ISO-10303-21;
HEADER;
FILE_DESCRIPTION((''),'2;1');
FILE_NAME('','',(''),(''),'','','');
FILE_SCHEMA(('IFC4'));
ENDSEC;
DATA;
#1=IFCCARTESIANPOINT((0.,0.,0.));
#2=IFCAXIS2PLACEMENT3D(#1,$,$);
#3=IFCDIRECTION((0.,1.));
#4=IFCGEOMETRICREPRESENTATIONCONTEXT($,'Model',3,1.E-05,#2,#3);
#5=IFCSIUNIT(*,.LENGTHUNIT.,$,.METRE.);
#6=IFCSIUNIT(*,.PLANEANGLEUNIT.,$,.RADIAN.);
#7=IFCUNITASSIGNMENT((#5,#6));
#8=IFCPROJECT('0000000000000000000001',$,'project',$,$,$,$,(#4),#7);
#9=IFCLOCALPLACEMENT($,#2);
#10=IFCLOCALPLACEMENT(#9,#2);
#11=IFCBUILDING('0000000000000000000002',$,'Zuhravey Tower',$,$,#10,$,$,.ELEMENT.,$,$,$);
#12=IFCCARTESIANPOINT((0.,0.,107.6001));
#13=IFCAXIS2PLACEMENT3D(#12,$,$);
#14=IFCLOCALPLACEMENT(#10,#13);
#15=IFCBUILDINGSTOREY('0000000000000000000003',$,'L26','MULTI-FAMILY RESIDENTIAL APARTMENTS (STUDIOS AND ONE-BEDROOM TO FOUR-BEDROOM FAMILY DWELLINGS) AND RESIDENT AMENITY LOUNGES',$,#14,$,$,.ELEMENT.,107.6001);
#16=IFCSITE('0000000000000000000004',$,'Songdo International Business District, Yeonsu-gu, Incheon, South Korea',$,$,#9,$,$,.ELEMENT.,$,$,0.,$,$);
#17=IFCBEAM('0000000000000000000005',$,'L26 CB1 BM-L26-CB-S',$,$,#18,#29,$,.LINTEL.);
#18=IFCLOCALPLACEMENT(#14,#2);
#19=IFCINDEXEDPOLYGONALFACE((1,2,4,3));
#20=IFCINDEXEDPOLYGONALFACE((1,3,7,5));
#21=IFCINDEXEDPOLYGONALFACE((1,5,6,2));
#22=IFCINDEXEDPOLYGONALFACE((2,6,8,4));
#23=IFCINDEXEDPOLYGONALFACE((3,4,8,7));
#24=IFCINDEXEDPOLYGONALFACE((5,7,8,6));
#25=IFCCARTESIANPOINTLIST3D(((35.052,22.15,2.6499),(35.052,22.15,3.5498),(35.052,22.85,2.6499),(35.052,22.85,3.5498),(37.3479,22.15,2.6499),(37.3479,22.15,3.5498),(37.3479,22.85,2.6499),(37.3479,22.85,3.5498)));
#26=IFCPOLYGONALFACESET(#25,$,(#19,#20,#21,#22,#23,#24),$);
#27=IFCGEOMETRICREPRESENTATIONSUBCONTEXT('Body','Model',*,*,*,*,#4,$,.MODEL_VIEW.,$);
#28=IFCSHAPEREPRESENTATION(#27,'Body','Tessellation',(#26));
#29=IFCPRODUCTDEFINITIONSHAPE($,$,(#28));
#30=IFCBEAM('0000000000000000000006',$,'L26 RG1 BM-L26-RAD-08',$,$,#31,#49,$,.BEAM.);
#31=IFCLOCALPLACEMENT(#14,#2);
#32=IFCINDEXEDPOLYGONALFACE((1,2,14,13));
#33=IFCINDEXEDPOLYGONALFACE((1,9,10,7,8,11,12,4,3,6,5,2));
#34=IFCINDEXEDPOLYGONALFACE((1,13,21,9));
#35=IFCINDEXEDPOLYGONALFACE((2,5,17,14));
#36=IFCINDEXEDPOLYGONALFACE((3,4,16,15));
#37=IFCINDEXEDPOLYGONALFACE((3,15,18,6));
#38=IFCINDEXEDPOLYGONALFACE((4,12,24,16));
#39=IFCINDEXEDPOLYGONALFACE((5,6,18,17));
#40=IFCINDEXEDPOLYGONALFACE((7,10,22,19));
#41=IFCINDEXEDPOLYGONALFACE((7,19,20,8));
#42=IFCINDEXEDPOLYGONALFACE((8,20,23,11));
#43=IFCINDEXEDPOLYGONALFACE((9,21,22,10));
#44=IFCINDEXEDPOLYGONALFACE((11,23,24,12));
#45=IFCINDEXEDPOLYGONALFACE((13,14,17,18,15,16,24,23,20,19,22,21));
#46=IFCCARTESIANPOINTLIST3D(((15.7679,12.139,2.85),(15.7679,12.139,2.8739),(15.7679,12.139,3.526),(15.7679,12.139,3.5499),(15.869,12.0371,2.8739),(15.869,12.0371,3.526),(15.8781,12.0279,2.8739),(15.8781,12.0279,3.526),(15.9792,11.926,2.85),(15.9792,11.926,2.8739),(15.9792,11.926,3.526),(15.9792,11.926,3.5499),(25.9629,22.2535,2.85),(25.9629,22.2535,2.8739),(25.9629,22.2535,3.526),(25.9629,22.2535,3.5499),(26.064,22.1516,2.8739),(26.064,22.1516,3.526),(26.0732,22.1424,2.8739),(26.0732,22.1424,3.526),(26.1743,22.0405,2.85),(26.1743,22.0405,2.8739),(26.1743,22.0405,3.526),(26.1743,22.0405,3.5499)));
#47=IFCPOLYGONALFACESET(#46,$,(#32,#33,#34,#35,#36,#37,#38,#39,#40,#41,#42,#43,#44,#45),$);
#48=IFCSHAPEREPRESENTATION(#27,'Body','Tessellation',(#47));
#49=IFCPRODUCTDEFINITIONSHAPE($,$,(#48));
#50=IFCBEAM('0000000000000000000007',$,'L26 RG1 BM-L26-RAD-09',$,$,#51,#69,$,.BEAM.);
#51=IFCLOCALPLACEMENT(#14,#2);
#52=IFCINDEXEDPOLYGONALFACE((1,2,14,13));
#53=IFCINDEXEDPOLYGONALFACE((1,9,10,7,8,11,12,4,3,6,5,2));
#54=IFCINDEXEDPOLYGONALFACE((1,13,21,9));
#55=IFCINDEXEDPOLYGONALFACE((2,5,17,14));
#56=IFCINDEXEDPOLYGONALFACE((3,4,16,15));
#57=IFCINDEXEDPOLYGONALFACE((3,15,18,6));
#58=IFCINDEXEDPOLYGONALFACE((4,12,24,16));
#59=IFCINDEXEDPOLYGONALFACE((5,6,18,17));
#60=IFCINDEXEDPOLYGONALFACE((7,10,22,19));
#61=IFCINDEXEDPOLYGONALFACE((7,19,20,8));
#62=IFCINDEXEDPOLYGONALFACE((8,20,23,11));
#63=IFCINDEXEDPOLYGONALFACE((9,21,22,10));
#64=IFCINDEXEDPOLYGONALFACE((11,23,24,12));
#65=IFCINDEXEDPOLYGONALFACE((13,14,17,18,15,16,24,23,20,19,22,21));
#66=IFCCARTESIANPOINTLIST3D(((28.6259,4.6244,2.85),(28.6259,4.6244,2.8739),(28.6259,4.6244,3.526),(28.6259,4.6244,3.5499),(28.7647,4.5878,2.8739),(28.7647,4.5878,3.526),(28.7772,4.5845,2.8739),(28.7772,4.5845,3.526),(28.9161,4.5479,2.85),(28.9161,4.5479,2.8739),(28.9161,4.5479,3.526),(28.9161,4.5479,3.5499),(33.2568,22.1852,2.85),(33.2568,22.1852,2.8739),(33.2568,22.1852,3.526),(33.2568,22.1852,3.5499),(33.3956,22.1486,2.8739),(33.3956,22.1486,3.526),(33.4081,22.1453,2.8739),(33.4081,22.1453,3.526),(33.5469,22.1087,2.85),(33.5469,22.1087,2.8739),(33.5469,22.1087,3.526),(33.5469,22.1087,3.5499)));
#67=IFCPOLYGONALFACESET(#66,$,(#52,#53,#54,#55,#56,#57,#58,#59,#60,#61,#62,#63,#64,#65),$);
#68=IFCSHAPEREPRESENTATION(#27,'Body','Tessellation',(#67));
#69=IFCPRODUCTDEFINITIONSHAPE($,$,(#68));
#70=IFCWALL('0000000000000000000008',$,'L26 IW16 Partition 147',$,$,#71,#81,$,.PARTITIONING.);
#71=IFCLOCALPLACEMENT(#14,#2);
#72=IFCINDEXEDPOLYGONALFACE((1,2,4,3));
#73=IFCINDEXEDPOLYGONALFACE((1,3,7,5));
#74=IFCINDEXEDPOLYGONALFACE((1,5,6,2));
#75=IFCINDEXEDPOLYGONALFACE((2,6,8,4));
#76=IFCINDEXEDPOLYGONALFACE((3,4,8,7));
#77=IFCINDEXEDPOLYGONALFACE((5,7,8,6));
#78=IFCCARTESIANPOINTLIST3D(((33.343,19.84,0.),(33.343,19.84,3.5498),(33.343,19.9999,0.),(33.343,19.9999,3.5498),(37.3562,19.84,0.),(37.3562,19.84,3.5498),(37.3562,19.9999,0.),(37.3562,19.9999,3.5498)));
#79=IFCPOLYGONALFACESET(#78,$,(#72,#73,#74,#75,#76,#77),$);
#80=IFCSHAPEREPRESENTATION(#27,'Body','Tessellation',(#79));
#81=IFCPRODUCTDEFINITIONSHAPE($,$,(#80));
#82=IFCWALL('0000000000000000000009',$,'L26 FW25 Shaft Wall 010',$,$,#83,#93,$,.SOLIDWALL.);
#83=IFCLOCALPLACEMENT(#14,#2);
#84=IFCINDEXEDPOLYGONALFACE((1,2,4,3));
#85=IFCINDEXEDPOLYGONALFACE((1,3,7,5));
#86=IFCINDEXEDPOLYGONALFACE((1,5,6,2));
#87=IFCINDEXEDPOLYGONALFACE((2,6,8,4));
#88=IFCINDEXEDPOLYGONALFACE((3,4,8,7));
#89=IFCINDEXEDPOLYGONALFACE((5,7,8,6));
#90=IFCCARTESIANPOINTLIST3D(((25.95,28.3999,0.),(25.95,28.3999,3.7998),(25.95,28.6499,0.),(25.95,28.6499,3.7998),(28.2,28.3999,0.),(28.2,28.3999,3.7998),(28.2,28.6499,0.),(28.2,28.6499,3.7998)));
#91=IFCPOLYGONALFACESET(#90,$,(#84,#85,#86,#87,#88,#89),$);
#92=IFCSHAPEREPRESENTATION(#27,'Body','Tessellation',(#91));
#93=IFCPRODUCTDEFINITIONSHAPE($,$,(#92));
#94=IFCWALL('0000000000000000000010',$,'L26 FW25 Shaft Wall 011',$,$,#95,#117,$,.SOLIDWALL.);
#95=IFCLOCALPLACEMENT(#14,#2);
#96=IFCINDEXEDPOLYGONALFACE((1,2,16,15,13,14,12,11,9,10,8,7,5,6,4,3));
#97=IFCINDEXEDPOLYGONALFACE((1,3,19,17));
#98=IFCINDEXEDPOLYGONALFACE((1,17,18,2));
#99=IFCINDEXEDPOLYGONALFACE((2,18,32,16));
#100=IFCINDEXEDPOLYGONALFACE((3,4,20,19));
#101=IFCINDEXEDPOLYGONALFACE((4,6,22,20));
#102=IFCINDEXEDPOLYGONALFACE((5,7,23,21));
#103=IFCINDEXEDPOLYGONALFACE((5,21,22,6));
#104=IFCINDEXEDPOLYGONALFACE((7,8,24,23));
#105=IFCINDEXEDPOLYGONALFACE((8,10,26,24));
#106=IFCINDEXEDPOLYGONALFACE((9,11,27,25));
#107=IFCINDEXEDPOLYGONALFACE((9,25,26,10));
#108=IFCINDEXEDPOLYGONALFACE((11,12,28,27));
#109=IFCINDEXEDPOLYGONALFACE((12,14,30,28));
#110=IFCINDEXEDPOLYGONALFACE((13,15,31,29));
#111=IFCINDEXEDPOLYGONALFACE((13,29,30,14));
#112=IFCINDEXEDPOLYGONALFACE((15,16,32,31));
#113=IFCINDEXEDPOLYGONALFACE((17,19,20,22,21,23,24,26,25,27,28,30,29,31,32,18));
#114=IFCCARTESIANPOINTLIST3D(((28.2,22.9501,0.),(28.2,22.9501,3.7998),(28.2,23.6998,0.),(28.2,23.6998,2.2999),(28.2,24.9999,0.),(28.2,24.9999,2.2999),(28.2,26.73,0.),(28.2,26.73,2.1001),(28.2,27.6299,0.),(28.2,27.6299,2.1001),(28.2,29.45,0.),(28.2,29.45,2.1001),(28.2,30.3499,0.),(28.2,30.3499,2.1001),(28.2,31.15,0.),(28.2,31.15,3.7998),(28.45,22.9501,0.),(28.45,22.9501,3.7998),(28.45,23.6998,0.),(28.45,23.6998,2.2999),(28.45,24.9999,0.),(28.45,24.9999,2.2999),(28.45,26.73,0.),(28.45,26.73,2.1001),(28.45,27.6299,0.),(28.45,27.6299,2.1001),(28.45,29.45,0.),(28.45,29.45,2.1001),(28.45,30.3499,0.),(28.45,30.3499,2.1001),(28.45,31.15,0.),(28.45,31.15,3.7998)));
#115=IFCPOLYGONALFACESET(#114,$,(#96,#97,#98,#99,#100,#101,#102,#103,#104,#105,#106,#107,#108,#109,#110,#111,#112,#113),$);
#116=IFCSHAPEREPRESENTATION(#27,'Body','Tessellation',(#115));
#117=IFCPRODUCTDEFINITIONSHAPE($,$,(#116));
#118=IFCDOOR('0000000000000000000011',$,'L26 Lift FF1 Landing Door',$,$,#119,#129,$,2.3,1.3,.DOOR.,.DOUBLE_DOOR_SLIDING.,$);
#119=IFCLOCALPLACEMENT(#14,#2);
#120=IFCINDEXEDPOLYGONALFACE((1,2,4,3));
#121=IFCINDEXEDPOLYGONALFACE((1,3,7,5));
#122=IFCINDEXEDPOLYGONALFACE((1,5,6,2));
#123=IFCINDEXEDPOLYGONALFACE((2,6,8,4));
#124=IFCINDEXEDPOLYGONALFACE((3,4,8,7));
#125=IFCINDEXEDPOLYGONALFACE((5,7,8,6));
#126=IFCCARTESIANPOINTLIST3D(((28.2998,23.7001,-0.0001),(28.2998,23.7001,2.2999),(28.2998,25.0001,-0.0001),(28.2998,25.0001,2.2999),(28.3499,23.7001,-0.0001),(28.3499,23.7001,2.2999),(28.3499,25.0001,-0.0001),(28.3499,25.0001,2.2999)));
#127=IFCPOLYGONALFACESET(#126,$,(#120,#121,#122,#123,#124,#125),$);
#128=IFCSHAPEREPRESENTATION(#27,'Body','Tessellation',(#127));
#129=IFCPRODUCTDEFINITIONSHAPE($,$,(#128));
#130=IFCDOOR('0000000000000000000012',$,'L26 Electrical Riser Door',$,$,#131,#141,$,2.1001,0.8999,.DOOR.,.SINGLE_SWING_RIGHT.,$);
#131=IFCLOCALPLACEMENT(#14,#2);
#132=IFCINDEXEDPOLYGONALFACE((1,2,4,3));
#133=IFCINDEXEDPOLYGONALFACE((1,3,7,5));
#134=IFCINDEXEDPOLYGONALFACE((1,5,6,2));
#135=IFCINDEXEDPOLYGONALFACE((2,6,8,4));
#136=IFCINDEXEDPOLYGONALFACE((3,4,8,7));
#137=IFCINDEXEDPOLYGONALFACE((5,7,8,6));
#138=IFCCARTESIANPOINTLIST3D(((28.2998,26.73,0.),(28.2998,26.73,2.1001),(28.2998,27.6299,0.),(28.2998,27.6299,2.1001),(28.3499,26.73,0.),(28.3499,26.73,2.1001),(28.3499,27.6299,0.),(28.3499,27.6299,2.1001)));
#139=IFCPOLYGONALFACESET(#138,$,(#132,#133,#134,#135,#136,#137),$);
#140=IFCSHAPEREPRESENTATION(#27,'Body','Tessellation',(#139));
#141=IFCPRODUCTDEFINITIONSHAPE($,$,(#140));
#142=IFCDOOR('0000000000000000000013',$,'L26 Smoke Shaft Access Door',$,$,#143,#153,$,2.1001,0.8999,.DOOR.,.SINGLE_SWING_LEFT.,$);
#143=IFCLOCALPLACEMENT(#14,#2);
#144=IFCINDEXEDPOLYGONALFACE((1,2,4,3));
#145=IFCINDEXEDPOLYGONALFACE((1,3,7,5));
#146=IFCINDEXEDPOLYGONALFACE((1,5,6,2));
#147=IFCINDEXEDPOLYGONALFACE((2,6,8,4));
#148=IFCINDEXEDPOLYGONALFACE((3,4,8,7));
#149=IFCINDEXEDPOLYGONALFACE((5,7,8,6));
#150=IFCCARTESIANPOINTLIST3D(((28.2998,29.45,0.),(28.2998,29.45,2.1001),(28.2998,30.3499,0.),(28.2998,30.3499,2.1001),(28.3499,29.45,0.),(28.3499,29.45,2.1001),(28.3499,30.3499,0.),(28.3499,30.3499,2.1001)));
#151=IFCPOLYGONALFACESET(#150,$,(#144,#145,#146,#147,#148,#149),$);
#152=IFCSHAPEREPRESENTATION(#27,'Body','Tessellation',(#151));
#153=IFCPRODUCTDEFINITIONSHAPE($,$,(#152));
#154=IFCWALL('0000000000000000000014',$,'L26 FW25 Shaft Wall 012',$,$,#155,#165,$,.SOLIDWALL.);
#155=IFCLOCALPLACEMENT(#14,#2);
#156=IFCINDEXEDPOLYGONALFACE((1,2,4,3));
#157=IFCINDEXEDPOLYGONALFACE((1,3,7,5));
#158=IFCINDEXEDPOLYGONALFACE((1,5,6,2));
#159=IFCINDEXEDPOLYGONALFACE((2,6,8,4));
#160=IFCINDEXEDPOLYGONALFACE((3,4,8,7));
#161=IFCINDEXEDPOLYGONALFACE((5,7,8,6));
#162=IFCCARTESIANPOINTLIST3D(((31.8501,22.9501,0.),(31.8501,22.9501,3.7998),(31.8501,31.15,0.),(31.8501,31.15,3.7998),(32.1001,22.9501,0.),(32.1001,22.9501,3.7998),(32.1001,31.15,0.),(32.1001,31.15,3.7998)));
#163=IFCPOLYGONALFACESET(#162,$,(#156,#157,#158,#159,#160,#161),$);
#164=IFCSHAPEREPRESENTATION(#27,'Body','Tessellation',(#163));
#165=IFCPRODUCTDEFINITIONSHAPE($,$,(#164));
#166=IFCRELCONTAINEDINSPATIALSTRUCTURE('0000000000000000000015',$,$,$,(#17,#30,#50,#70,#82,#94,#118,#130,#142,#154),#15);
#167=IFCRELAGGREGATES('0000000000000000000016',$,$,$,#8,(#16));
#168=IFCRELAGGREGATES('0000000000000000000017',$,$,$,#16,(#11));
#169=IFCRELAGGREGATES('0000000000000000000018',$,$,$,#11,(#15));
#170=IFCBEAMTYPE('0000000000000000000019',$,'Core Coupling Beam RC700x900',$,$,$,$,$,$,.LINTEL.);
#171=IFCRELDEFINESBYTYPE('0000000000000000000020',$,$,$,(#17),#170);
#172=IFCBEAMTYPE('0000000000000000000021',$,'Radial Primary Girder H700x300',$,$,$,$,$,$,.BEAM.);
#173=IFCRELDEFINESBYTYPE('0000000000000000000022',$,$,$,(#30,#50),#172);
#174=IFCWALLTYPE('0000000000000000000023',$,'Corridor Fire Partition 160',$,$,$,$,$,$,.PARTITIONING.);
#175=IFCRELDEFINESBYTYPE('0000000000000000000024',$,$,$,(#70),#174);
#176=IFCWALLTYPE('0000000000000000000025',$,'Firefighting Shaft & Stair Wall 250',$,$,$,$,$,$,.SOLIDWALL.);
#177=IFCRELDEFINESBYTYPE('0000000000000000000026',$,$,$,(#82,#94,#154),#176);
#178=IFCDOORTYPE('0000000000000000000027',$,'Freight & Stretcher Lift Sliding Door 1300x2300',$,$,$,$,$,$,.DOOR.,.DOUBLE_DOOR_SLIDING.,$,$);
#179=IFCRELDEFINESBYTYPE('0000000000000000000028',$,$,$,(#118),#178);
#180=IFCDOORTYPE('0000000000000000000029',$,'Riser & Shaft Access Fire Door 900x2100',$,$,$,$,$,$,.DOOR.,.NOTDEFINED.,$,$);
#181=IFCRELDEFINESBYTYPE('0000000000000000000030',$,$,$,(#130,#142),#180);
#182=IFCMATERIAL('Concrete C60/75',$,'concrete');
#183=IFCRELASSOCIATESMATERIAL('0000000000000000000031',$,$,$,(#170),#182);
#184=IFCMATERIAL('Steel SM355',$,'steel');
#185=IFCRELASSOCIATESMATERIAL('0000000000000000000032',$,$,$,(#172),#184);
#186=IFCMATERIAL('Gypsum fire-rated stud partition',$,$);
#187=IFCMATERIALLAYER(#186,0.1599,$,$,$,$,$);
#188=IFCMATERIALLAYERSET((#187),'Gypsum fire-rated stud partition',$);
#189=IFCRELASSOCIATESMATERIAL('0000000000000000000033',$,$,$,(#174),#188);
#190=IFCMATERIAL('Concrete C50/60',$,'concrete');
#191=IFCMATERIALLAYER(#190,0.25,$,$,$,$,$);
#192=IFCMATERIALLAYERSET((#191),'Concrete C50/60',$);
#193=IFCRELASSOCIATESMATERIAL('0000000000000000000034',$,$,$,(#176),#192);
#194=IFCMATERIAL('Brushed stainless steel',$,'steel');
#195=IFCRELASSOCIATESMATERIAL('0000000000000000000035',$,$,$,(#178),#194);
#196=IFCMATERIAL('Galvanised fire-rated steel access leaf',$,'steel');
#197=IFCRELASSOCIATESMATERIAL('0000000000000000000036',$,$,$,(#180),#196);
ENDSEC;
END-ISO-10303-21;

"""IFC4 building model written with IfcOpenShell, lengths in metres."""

from ifc_helpers import new_model, si_unit, direction, frame, frame_2d, origin, origin_2d, place, context, subcontext, project, spatial, rectangle, i_section, extrude, material, layer, layer_set, material_profile, profile_set, type_object, element, fill, save


model = new_model("IFC4")

# Units and contexts
model_context = context("Model", 3, precision=1e-05, world=origin(), true_north=direction((0.0, 1.0)))
body_context = subcontext(model_context, "Body", "Model", "MODEL_VIEW")
ifc_project = project(units=[si_unit("LENGTHUNIT", "METRE"), si_unit("PLANEANGLEUNIT", "RADIAN")], contexts=[model_context])

# Site, building, storey
site_placement = place(None, origin())
site = spatial("IfcSite", under=ifc_project, at=site_placement, Name="Songdo International Business District, Yeonsu-gu, Incheon, South Korea", CompositionType="ELEMENT", RefElevation=0.0)
building_placement = place(site_placement, origin())
building = spatial("IfcBuilding", under=site, at=building_placement, Name="Zuhravey Tower", CompositionType="ELEMENT")
storey_placement = place(building_placement, frame((0.0, 0.0, 107.6001)))
storey = spatial("IfcBuildingStorey", under=building, at=storey_placement, Name="L26", Description="MULTI-FAMILY RESIDENTIAL APARTMENTS (STUDIOS AND ONE-BEDROOM TO FOUR-BEDROOM FAMILY DWELLINGS) AND RESIDENT AMENITY LOUNGES", CompositionType="ELEMENT", Elevation=107.6001)

# Beams
ifc_material_1 = material(Name="Concrete C60/75", Category="concrete")
ifc_material_profile_1 = material_profile(ifc_material_1, rectangle(XDim=0.7, YDim=0.8999, at=origin_2d()), Name="RC-700x900")
ifc_profile_set_1 = profile_set([ifc_material_profile_1], Name="Concrete C60/75")
beam_type_1 = type_object("IfcBeamType", Name="Core Coupling Beam RC700x900", PredefinedType="LINTEL", material=ifc_profile_set_1)
beam_1_placement = place(storey_placement, frame((35.052, 22.5, 3.0999), z_axis=(1.0, 0.0, 0.0), x_axis=(0.0, 1.0, 0.0)))
element("IfcBeam", 1, at=beam_1_placement, inside=storey, type_object=beam_type_1, Name="L26 CB1 BM-L26-CB-S", PredefinedType="LINTEL", context=body_context, shape_type="SweptSolid", body=[
    extrude(rectangle(XDim=0.7, YDim=0.8999, at=origin_2d()), origin(), (0.0, 0.0, 1.0), 2.2959),
])
ifc_material_2 = material(Name="Steel SM355", Category="steel")
ifc_material_profile_2 = material_profile(ifc_material_2, i_section(OverallWidth=0.3, OverallDepth=0.7, WebThickness=0.0129, FlangeThickness=0.0239, at=origin_2d()), Name="H-700x300x13x24")
ifc_profile_set_2 = profile_set([ifc_material_profile_2], Name="Steel SM355")
beam_type_2 = type_object("IfcBeamType", Name="Radial Primary Girder H700x300", PredefinedType="BEAM", material=ifc_profile_set_2)
beam_2_placement = place(storey_placement, frame((26.0686, 22.147, 3.2), z_axis=(-0.709906, -0.704296, 0.0), x_axis=(0.704296, -0.709906, 0.0)))
element("IfcBeam", 2, at=beam_2_placement, inside=storey, type_object=beam_type_2, Name="L26 RG1 BM-L26-RAD-08", PredefinedType="BEAM", context=body_context, shape_type="SweptSolid", body=[
    extrude(i_section(OverallWidth=0.3, OverallDepth=0.7, WebThickness=0.0129, FlangeThickness=0.0239, at=origin_2d()), origin(), (0.0, 0.0, 1.0), 14.3611),
])
beam_3_placement = place(storey_placement, frame((33.4019, 22.147, 3.2), z_axis=(-0.254988, -0.966944, 0.0), x_axis=(0.966944, -0.254988, 0.0)))
element("IfcBeam", 3, at=beam_3_placement, inside=storey, type_object=beam_type_2, Name="L26 RG1 BM-L26-RAD-09", PredefinedType="BEAM", context=body_context, shape_type="SweptSolid", body=[
    extrude(i_section(OverallWidth=0.3, OverallDepth=0.7, WebThickness=0.0129, FlangeThickness=0.0239, at=origin_2d()), origin(), (0.0, 0.0, 1.0), 18.1611),
])

# Shared definitions
ifc_material_3 = material(Name="Gypsum fire-rated stud partition")
ifc_layer_1 = layer(ifc_material_3, 0.1599)
ifc_layer_set_1 = layer_set([ifc_layer_1], Name="Gypsum fire-rated stud partition")
wall_type_1 = type_object("IfcWallType", Name="Corridor Fire Partition 160", PredefinedType="PARTITIONING", material=ifc_layer_set_1)

# Walls
wall_1_placement = place(storey_placement, frame((33.343, 19.9199, 0.0), z_axis=(0.0, 0.0, 1.0), x_axis=(1.0, 0.0, 0.0)))
element("IfcWall", 4, at=wall_1_placement, inside=storey, type_object=wall_type_1, Name="L26 IW16 Partition 147", PredefinedType="PARTITIONING", context=body_context, shape_type="SweptSolid", body=[
    extrude(rectangle(XDim=4.0132, YDim=0.1599, at=frame_2d((2.0066, 0.0))), origin(), (0.0, 0.0, 1.0), 3.5498),
])
ifc_material_4 = material(Name="Concrete C50/60", Category="concrete")
ifc_layer_2 = layer(ifc_material_4, 0.25)
ifc_layer_set_2 = layer_set([ifc_layer_2], Name="Concrete C50/60")
wall_type_2 = type_object("IfcWallType", Name="Firefighting Shaft & Stair Wall 250", PredefinedType="SOLIDWALL", material=ifc_layer_set_2)
wall_2_placement = place(storey_placement, frame((25.95, 28.5249, 0.0), z_axis=(0.0, 0.0, 1.0), x_axis=(1.0, 0.0, 0.0)))
element("IfcWall", 5, at=wall_2_placement, inside=storey, type_object=wall_type_2, Name="L26 FW25 Shaft Wall 010", PredefinedType="SOLIDWALL", context=body_context, shape_type="SweptSolid", body=[
    extrude(rectangle(XDim=2.25, YDim=0.25, at=frame_2d((1.125, 0.0))), origin(), (0.0, 0.0, 1.0), 3.7998),
])

# Wall, openings, doors
wall_3_placement = place(storey_placement, frame((28.325, 22.95, 0.0), z_axis=(0.0, 0.0, 1.0), x_axis=(0.0, 1.0, 0.0)))
wall_3 = element("IfcWall", 6, at=wall_3_placement, inside=storey, type_object=wall_type_2, Name="L26 FW25 Shaft Wall 011", PredefinedType="SOLIDWALL", context=body_context, shape_type="SweptSolid", body=[
    extrude(rectangle(XDim=8.2, YDim=0.25, at=frame_2d((4.1001, 0.0))), origin(), (0.0, 0.0, 1.0), 3.7998),
])
opening_1_placement = place(wall_3_placement, frame((0.75, 0.0, 0.0)))
opening_1 = element("IfcOpeningElement", 7, at=opening_1_placement, cuts=wall_3, PredefinedType="OPENING", context=body_context, shape_type="SweptSolid", body=[
    extrude(rectangle(XDim=1.3, YDim=2.3, at=frame_2d((0.6499, 1.1499))), frame((0.0, 0.137, 0.0), z_axis=(0.0, -1.0, 0.0), x_axis=(1.0, 0.0, 0.0)), (0.0, 0.0, 1.0), 0.2739),
])
opening_2_placement = place(wall_3_placement, frame((3.78, 0.0, 0.0)))
opening_2 = element("IfcOpeningElement", 8, at=opening_2_placement, cuts=wall_3, PredefinedType="OPENING", context=body_context, shape_type="SweptSolid", body=[
    extrude(rectangle(XDim=0.8999, YDim=2.1001, at=frame_2d((0.45, 1.05))), frame((0.0, 0.137, 0.0), z_axis=(0.0, -1.0, 0.0), x_axis=(1.0, 0.0, 0.0)), (0.0, 0.0, 1.0), 0.2739),
])
opening_3_placement = place(wall_3_placement, frame((6.5, 0.0, 0.0)))
opening_3 = element("IfcOpeningElement", 9, at=opening_3_placement, cuts=wall_3, PredefinedType="OPENING", context=body_context, shape_type="SweptSolid", body=[
    extrude(rectangle(XDim=0.8999, YDim=2.1001, at=frame_2d((0.45, 1.05))), frame((0.0, 0.137, 0.0), z_axis=(0.0, -1.0, 0.0), x_axis=(1.0, 0.0, 0.0)), (0.0, 0.0, 1.0), 0.2739),
])
ifc_material_5 = material(Name="Brushed stainless steel", Category="steel")
door_type_1 = type_object("IfcDoorType", Name="Freight & Stretcher Lift Sliding Door 1300x2300", OperationType="DOUBLE_DOOR_SLIDING", PredefinedType="DOOR", material=ifc_material_5)
door_1_placement = place(opening_1_placement, frame((1.3, 0.0, 0.0), z_axis=(0.0, 0.0, 1.0), x_axis=(-1.0, 0.0, 0.0)))
door_1 = element("IfcDoor", 10, at=door_1_placement, inside=storey, type_object=door_type_1, Name="L26 Lift FF1 Landing Door", OperationType="DOUBLE_DOOR_SLIDING", OverallHeight=2.3, OverallWidth=1.3, PredefinedType="DOOR", context=body_context, shape_type="SweptSolid", body=[
    extrude(rectangle(XDim=1.3, YDim=2.3, at=frame_2d((0.6499, 1.1499))), frame((0.0, 0.0249, 0.0), z_axis=(0.0, -1.0, 0.0), x_axis=(1.0, 0.0, 0.0)), (0.0, 0.0, 1.0), 0.05),
])
fill(opening_1, door_1)
ifc_material_6 = material(Name="Galvanised fire-rated steel access leaf", Category="steel")
door_type_2 = type_object("IfcDoorType", Name="Riser & Shaft Access Fire Door 900x2100", OperationType="NOTDEFINED", PredefinedType="DOOR", material=ifc_material_6)
door_2_placement = place(opening_2_placement, frame((0.8999, 0.0, 0.0), z_axis=(0.0, 0.0, 1.0), x_axis=(-1.0, 0.0, 0.0)))
door_2 = element("IfcDoor", 11, at=door_2_placement, inside=storey, type_object=door_type_2, Name="L26 Electrical Riser Door", OperationType="SINGLE_SWING_RIGHT", OverallHeight=2.1001, OverallWidth=0.8999, PredefinedType="DOOR", context=body_context, shape_type="SweptSolid", body=[
    extrude(rectangle(XDim=0.8999, YDim=2.1001, at=frame_2d((0.45, 1.05))), frame((0.0, 0.0249, 0.0), z_axis=(0.0, -1.0, 0.0), x_axis=(1.0, 0.0, 0.0)), (0.0, 0.0, 1.0), 0.05),
])
fill(opening_2, door_2)
door_3_placement = place(opening_3_placement, frame((0.8999, 0.0, 0.0), z_axis=(0.0, 0.0, 1.0), x_axis=(-1.0, 0.0, 0.0)))
door_3 = element("IfcDoor", 12, at=door_3_placement, inside=storey, type_object=door_type_2, Name="L26 Smoke Shaft Access Door", OperationType="SINGLE_SWING_LEFT", OverallHeight=2.1001, OverallWidth=0.8999, PredefinedType="DOOR", context=body_context, shape_type="SweptSolid", body=[
    extrude(rectangle(XDim=0.8999, YDim=2.1001, at=frame_2d((0.45, 1.05))), frame((0.0, 0.0249, 0.0), z_axis=(0.0, -1.0, 0.0), x_axis=(1.0, 0.0, 0.0)), (0.0, 0.0, 1.0), 0.05),
])
fill(opening_3, door_3)

# Wall
wall_4_placement = place(storey_placement, frame((31.9751, 22.95, 0.0), z_axis=(0.0, 0.0, 1.0), x_axis=(0.0, 1.0, 0.0)))
element("IfcWall", 13, at=wall_4_placement, inside=storey, type_object=wall_type_2, Name="L26 FW25 Shaft Wall 012", PredefinedType="SOLIDWALL", context=body_context, shape_type="SweptSolid", body=[
    extrude(rectangle(XDim=8.2, YDim=0.25, at=frame_2d((4.1001, 0.0))), origin(), (0.0, 0.0, 1.0), 3.7998),
])

save(model, "model.ifc")
